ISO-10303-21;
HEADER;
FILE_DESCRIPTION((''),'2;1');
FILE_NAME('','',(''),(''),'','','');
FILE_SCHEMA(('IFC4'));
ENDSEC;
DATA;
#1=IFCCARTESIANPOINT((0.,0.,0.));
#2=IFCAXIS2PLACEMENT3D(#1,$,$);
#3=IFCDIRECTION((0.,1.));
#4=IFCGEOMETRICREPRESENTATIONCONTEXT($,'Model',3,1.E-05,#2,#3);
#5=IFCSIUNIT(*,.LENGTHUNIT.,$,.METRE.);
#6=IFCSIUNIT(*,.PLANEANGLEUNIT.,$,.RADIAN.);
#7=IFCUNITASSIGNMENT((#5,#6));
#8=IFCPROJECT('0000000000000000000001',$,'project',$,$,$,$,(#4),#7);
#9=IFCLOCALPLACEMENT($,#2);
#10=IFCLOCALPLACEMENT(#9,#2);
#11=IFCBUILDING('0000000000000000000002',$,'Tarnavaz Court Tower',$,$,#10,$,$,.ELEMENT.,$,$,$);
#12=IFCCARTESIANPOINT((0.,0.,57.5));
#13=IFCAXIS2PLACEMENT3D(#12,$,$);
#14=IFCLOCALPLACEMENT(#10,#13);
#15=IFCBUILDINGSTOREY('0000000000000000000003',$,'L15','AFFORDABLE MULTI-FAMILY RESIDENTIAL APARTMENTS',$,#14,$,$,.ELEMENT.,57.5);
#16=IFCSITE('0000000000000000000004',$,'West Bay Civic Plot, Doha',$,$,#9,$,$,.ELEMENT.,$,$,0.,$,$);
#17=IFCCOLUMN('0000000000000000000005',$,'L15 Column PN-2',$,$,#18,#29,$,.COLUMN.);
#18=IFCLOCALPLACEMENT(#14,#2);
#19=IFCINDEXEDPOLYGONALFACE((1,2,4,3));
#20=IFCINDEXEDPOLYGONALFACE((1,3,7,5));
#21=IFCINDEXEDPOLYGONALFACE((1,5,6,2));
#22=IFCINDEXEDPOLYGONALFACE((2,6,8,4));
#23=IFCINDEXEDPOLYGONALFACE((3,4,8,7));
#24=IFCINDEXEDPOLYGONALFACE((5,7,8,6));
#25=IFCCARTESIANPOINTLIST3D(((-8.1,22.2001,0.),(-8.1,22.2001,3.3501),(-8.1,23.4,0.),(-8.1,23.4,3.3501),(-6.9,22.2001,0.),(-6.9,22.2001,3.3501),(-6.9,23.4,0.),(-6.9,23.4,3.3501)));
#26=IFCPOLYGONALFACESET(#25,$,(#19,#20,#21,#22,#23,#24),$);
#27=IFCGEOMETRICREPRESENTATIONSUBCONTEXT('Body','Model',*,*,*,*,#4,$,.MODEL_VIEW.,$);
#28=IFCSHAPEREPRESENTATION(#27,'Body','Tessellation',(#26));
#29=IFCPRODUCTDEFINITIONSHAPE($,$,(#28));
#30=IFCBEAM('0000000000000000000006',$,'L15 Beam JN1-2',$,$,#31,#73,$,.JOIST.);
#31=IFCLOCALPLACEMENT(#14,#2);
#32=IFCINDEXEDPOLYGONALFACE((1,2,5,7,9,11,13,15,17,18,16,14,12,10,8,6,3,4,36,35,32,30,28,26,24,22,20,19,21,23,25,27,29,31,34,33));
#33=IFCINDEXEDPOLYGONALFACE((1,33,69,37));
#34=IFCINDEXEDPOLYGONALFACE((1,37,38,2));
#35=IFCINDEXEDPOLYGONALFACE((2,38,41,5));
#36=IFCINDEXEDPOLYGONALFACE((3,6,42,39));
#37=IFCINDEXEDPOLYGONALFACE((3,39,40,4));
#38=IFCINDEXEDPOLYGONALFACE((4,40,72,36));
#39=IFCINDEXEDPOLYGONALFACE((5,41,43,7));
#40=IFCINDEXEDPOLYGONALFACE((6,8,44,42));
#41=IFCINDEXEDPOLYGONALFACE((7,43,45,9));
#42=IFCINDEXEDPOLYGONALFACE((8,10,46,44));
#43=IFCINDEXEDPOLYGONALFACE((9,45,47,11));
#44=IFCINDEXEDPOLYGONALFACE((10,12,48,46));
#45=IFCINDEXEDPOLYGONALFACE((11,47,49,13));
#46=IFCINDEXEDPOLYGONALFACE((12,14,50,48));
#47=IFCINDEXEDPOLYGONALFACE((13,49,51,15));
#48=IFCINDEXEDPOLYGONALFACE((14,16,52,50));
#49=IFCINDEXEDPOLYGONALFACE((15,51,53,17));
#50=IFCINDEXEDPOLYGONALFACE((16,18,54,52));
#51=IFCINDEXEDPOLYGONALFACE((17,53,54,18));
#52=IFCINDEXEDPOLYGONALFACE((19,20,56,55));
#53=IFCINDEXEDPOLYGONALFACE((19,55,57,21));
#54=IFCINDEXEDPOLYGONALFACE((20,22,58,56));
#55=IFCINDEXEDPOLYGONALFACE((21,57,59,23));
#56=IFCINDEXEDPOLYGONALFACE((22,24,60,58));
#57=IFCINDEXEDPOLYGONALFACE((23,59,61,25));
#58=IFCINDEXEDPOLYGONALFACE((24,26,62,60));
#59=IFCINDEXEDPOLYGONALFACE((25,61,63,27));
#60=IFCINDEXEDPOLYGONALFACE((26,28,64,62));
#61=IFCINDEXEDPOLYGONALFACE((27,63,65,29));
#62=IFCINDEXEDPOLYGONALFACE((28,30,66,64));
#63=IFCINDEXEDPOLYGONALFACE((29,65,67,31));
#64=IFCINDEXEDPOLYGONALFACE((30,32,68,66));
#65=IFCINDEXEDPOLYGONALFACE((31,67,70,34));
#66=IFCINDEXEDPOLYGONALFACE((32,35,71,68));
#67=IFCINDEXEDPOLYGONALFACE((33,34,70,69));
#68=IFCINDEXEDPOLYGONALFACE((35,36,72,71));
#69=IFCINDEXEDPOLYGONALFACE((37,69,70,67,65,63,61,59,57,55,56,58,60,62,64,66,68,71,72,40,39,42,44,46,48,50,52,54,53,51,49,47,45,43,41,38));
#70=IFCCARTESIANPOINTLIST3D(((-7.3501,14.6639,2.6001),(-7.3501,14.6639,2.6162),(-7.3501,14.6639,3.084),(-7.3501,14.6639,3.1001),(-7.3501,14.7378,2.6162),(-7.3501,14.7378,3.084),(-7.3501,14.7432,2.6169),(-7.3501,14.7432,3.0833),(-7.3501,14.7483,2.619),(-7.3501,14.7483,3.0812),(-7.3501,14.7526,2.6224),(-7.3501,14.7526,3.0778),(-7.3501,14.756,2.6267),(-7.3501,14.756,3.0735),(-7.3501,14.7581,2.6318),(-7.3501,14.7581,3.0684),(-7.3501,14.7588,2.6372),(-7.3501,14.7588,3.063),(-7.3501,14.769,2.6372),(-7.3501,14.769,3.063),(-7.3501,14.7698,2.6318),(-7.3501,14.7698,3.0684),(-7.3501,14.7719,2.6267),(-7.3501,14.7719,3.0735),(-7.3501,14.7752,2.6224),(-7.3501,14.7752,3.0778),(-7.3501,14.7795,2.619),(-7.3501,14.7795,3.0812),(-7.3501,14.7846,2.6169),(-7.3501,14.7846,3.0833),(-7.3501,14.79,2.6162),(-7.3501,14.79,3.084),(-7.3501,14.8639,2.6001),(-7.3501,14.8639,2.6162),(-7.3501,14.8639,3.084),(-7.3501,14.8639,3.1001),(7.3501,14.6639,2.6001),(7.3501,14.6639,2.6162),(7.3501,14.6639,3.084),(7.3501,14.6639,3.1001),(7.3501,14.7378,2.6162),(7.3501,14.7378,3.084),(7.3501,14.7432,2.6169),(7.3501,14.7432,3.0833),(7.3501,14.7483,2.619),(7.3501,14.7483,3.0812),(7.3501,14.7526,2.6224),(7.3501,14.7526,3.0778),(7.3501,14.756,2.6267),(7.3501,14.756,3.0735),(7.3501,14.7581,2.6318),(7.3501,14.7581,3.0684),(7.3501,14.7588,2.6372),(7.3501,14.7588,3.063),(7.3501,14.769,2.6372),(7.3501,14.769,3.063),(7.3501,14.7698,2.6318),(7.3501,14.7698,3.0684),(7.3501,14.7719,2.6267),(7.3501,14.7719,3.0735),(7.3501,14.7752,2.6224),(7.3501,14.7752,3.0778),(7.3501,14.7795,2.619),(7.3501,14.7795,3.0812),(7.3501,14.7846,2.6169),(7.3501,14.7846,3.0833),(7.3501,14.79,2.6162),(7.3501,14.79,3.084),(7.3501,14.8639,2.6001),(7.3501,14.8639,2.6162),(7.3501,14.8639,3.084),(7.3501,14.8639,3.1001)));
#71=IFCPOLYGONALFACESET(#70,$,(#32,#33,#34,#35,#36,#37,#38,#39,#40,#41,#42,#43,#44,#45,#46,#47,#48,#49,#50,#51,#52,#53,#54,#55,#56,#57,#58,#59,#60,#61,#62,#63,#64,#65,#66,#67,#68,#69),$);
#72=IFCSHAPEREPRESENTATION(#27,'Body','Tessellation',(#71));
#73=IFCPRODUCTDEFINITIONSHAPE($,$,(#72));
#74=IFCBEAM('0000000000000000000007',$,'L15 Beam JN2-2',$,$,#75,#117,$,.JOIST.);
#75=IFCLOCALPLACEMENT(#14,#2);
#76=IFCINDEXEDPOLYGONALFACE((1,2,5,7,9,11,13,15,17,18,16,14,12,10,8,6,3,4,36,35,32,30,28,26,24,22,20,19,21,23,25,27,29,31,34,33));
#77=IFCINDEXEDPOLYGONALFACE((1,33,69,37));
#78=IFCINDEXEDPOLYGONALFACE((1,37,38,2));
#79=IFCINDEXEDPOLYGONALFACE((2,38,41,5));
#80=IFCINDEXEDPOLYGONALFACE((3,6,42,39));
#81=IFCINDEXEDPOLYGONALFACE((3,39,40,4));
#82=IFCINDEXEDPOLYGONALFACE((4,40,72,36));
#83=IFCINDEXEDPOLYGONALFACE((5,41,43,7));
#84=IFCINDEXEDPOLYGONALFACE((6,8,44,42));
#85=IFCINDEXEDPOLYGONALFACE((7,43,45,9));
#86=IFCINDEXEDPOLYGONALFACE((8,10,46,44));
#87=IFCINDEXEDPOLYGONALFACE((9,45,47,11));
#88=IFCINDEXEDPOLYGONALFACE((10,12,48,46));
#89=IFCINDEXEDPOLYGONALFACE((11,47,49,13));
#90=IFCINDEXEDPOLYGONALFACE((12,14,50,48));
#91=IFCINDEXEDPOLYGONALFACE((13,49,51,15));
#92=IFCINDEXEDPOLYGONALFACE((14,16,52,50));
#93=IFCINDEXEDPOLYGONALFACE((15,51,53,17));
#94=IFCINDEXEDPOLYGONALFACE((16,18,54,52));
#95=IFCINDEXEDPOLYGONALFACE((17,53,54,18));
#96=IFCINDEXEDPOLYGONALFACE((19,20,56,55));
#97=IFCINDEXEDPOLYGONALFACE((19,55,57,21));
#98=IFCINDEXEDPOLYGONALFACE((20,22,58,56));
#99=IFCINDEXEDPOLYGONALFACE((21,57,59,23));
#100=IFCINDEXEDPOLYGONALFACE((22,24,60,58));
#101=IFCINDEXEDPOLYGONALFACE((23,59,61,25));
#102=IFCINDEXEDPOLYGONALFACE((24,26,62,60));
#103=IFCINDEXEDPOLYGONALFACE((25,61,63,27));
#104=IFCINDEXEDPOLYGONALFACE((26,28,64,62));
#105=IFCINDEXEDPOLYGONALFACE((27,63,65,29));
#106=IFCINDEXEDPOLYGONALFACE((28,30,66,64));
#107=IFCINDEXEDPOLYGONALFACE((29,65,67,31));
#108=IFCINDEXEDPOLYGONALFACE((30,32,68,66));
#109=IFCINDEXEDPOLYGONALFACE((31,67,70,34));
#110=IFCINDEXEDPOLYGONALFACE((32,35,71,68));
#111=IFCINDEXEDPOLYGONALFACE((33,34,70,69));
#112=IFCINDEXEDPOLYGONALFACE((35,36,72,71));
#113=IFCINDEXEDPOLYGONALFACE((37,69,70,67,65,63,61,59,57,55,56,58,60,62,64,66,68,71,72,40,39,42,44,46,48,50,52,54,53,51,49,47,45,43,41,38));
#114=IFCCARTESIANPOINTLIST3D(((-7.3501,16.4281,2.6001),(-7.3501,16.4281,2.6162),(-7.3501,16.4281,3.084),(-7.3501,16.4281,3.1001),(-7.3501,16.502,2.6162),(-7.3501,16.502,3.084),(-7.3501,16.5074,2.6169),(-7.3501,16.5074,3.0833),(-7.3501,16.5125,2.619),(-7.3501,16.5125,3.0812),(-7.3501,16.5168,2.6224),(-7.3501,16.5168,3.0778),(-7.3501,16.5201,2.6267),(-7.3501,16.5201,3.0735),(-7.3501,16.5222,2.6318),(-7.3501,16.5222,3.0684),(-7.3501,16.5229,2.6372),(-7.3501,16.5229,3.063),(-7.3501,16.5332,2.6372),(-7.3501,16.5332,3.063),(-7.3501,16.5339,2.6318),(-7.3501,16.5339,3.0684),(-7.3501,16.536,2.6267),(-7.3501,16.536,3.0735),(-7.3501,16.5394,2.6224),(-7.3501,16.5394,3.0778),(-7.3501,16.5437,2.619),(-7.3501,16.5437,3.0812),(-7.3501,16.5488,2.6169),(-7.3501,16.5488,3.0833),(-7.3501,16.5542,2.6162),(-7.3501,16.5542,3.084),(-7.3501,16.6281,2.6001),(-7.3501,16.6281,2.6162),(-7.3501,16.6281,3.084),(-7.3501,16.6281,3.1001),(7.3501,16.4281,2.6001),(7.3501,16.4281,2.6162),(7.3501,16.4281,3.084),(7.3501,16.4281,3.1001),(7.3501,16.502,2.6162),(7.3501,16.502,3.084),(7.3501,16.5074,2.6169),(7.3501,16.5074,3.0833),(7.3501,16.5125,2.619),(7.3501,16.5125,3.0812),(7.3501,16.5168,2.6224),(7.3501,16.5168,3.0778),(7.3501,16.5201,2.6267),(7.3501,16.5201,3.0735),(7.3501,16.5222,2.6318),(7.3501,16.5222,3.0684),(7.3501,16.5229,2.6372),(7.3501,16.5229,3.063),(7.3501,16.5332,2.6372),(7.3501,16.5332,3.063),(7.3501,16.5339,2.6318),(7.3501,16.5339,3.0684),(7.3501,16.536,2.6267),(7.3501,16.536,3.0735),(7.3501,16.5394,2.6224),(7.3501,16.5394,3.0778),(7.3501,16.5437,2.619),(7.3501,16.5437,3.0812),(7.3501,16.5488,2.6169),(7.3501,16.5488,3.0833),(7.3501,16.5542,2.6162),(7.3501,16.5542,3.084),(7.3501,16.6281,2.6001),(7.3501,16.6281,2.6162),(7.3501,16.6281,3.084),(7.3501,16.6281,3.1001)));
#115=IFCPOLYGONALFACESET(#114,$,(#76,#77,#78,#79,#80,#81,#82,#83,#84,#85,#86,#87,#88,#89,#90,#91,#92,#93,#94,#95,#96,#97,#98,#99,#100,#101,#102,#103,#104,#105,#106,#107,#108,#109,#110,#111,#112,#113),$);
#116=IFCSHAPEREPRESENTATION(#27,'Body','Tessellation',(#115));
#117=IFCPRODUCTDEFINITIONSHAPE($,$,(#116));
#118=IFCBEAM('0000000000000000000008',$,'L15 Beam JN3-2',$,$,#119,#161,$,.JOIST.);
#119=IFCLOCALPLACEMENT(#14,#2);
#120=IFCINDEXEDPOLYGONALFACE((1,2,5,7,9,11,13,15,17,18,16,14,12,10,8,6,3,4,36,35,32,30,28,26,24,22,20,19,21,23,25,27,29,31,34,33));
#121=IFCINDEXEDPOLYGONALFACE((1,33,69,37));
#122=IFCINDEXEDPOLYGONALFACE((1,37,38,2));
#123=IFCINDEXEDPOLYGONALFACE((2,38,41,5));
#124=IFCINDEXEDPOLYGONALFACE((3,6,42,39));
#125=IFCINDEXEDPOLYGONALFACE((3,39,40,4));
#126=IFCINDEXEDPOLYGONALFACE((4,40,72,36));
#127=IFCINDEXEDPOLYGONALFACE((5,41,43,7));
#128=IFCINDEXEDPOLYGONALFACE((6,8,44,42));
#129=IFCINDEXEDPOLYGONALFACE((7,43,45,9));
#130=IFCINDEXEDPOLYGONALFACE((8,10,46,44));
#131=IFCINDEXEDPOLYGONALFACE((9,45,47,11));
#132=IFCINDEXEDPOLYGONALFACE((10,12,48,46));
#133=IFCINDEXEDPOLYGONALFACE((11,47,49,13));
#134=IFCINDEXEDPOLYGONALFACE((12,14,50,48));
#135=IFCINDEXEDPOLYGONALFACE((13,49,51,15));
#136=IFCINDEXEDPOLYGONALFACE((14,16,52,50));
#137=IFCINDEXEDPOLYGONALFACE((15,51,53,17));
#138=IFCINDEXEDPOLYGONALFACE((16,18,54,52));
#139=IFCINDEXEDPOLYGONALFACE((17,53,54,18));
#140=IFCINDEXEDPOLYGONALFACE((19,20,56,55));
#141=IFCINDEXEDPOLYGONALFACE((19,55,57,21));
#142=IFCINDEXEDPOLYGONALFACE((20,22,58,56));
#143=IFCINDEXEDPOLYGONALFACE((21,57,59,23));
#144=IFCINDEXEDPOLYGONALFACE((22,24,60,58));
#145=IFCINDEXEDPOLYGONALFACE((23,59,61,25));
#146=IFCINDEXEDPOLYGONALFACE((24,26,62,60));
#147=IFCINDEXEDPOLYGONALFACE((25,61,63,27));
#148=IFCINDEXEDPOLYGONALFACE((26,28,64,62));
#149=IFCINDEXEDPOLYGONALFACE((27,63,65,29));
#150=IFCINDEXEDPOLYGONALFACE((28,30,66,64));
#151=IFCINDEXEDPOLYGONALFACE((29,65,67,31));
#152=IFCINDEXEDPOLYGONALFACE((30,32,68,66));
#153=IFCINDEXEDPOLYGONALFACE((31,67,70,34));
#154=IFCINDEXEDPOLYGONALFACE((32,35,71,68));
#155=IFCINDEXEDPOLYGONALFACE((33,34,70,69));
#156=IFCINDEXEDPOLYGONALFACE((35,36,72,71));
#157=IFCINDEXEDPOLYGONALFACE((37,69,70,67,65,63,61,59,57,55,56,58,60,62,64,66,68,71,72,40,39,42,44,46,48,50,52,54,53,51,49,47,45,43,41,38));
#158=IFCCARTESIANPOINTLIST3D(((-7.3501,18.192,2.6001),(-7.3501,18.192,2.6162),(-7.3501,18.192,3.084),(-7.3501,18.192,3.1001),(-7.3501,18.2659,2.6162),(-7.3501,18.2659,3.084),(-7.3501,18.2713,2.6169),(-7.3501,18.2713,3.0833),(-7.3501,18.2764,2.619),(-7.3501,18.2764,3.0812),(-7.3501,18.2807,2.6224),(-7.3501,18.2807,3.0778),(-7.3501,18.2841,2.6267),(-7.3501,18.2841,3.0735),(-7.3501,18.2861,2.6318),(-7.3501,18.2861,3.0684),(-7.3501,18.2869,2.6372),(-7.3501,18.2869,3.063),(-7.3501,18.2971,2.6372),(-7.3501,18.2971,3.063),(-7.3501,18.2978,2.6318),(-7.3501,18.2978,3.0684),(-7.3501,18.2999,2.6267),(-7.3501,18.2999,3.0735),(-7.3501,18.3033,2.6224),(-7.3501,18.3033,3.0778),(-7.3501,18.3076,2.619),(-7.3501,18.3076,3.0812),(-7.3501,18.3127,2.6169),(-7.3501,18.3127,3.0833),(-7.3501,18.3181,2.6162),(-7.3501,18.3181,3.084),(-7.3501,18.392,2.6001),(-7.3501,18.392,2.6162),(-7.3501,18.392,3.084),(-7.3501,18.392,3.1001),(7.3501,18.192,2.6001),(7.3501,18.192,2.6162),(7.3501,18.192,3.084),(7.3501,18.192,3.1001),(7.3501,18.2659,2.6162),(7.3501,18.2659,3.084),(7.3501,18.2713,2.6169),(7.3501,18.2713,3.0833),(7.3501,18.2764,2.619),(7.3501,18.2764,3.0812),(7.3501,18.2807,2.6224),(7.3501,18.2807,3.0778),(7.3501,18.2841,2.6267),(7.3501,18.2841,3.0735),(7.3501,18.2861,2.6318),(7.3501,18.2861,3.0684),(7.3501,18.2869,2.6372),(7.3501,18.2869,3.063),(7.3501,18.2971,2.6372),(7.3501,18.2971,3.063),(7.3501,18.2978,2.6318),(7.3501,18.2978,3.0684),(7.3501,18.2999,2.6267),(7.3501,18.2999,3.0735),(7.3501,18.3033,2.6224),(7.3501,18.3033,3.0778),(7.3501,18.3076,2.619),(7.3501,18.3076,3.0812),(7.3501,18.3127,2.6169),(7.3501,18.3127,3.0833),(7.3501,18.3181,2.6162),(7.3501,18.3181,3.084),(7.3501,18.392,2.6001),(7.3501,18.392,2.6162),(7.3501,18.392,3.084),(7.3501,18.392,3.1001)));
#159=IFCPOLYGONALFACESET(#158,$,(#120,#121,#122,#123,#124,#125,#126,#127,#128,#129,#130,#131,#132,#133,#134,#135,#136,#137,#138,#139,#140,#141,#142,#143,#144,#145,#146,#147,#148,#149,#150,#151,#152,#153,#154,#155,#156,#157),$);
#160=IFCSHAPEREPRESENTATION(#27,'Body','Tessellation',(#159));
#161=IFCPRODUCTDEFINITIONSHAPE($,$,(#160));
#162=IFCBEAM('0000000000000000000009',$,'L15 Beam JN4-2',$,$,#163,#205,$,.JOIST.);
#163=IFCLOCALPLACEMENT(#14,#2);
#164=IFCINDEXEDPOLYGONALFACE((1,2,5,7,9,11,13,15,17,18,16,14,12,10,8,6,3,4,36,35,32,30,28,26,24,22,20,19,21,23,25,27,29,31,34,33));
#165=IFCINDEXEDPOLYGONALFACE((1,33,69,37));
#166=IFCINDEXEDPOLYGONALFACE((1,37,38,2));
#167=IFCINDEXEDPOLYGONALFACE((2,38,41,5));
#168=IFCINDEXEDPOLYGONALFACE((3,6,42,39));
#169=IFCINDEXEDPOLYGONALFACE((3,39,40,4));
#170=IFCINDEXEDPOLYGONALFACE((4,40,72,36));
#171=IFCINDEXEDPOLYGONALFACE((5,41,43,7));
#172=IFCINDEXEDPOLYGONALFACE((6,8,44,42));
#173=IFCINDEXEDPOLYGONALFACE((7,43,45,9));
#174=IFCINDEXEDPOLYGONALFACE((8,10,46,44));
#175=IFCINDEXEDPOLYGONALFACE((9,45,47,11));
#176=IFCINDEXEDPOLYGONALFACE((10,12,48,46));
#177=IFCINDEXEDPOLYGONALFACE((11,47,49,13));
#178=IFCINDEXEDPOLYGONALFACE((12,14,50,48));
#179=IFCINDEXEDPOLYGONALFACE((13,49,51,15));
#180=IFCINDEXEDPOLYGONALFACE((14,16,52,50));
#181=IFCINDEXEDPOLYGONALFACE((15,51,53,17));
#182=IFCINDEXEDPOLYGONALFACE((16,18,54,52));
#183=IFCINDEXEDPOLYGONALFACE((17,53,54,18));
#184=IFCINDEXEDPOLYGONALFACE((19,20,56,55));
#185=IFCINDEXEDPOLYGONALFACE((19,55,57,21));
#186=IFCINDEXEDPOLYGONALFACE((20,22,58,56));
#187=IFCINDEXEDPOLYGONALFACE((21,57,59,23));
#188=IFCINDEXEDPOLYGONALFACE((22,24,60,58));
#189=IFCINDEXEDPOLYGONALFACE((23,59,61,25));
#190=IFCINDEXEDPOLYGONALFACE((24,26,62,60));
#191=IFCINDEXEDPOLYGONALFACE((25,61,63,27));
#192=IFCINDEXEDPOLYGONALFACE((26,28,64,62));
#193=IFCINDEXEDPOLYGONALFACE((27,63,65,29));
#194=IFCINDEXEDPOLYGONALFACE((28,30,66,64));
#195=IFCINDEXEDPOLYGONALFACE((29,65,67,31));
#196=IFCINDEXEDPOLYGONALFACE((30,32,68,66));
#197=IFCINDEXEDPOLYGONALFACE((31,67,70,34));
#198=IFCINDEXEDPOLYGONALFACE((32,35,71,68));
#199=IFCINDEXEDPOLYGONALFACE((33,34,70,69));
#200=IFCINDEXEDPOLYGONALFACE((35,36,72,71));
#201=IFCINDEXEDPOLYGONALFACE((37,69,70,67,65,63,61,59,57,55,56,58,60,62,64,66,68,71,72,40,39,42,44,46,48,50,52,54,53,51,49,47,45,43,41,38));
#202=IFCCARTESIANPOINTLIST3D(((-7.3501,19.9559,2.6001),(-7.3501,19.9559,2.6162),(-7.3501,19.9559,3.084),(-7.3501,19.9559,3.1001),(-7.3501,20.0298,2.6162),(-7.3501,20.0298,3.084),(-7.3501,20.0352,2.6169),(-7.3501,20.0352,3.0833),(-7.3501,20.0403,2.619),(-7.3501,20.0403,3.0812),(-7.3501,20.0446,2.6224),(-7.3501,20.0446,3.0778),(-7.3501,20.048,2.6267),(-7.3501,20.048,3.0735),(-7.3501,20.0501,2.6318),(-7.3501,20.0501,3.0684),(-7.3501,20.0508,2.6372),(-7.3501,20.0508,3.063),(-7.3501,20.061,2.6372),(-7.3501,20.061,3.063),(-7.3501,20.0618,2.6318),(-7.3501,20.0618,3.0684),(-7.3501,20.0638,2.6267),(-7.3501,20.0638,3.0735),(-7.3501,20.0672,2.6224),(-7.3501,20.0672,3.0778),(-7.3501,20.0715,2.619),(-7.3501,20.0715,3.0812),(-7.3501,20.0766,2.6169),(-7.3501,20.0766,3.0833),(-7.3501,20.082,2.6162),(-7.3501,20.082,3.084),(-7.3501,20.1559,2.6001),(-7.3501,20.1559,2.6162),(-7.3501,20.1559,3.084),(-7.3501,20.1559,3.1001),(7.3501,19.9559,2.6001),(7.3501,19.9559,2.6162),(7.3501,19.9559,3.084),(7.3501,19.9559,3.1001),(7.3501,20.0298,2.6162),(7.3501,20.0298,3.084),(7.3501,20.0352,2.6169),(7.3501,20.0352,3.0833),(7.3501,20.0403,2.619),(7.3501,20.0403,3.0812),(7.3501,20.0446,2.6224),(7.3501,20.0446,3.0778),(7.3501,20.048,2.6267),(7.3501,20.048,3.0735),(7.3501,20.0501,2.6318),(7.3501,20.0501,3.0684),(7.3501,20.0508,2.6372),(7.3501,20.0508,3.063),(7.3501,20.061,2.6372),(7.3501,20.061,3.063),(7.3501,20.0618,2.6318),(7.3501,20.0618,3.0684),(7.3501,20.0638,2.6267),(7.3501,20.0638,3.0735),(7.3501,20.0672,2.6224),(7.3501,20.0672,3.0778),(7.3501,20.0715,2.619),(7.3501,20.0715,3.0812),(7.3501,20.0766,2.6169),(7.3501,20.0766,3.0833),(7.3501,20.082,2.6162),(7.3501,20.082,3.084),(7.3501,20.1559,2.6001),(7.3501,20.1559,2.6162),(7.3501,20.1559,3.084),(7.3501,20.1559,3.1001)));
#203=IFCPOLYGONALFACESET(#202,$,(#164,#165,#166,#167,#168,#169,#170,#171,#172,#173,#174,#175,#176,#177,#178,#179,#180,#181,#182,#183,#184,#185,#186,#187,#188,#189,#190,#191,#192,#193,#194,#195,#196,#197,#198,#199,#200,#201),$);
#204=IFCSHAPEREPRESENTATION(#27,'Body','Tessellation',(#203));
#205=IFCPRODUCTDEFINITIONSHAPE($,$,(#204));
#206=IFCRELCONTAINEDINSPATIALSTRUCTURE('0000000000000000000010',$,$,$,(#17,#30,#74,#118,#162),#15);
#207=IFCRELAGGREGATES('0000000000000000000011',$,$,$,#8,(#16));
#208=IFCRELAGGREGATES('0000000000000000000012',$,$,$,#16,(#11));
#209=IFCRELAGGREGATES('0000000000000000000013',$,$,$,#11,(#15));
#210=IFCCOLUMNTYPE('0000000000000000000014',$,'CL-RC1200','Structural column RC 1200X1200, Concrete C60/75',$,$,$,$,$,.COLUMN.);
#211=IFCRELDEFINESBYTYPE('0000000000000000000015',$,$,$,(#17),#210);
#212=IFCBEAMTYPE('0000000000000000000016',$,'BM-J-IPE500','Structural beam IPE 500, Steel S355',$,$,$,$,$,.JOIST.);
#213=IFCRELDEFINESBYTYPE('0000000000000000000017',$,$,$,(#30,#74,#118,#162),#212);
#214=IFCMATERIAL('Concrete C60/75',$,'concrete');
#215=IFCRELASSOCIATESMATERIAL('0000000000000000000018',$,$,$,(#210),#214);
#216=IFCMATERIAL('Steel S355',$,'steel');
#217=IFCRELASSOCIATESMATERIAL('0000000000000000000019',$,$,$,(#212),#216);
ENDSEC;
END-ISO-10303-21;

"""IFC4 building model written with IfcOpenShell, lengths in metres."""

from ifc_helpers import new_model, si_unit, direction, frame, origin, origin_2d, place, context, subcontext, project, spatial, rectangle, i_section, extrude, material, material_profile, profile_set, type_object, element, save


model = new_model("IFC4")

# Units and contexts
model_context = context("Model", 3, precision=1e-05, world=origin(), true_north=direction((0.0, 1.0)))
body_context = subcontext(model_context, "Body", "Model", "MODEL_VIEW")
ifc_project = project(units=[si_unit("LENGTHUNIT", "METRE"), si_unit("PLANEANGLEUNIT", "RADIAN")], contexts=[model_context])

# Site, building, storey
site_placement = place(None, origin())
site = spatial("IfcSite", under=ifc_project, at=site_placement, Name="West Bay Civic Plot, Doha", CompositionType="ELEMENT", RefElevation=0.0)
building_placement = place(site_placement, origin())
building = spatial("IfcBuilding", under=site, at=building_placement, Name="Tarnavaz Court Tower", CompositionType="ELEMENT")
storey_placement = place(building_placement, frame((0.0, 0.0, 57.5)))
storey = spatial("IfcBuildingStorey", under=building, at=storey_placement, Name="L15", Description="AFFORDABLE MULTI-FAMILY RESIDENTIAL APARTMENTS", CompositionType="ELEMENT", Elevation=57.5)

# Column
ifc_material_1 = material(Name="Concrete C60/75", Category="concrete")
ifc_material_profile_1 = material_profile(ifc_material_1, rectangle(XDim=1.2, YDim=1.2, at=origin_2d()), Name="RC 1200X1200")
ifc_profile_set_1 = profile_set([ifc_material_profile_1], Name="Concrete C60/75")
column_type = type_object("IfcColumnType", Name="CL-RC1200", Description="Structural column RC 1200X1200, Concrete C60/75", PredefinedType="COLUMN", material=ifc_profile_set_1)
column_placement = place(storey_placement, frame((-7.5, 22.8, 0.0), z_axis=(0.0, 0.0, 1.0), x_axis=(1.0, 0.0, 0.0)))
element("IfcColumn", 1, at=column_placement, inside=storey, type_object=column_type, Name="L15 Column PN-2", PredefinedType="COLUMN", context=body_context, shape_type="SweptSolid", body=[
    extrude(rectangle(XDim=1.2, YDim=1.2, at=origin_2d()), origin(), (0.0, 0.0, 1.0), 3.3501),
])

# Beams
ifc_material_2 = material(Name="Steel S355", Category="steel")
ifc_material_profile_2 = material_profile(ifc_material_2, i_section(OverallWidth=0.2, OverallDepth=0.5, WebThickness=0.0103, FlangeThickness=0.0161, FilletRadius=0.021, at=origin_2d()), Name="IPE 500")
ifc_profile_set_2 = profile_set([ifc_material_profile_2], Name="Steel S355")
beam_type_1 = type_object("IfcBeamType", Name="BM-J-IPE500", Description="Structural beam IPE 500, Steel S355", PredefinedType="JOIST", material=ifc_profile_set_2)
for number, where, z_axis, x_axis, name in (
    (2, (-7.3501, 14.7639, 2.8501), (1.0, 0.0, 0.0), (0.0, 1.0, 0.0), "L15 Beam JN1-2"),
    (3, (-7.3501, 16.5281, 2.8501), (1.0, 0.0, 0.0), (0.0, 1.0, 0.0), "L15 Beam JN2-2"),
    (4, (-7.3501, 18.292, 2.8501), (1.0, 0.0, 0.0), (0.0, 1.0, 0.0), "L15 Beam JN3-2"),
    (5, (-7.3501, 20.0559, 2.8501), (1.0, 0.0, 0.0), (0.0, 1.0, 0.0), "L15 Beam JN4-2"),
):
    element("IfcBeam", number, at=place(storey_placement, frame(where, z_axis=z_axis, x_axis=x_axis)), inside=storey, type_object=beam_type_1, Name=name, PredefinedType="JOIST", context=body_context, shape_type="SweptSolid", body=[
        extrude(i_section(OverallWidth=0.2, OverallDepth=0.5, WebThickness=0.0103, FlangeThickness=0.0161, FilletRadius=0.021, at=origin_2d()), origin(), (0.0, 0.0, 1.0), 14.7002),
    ])

save(model, "model.ifc")
